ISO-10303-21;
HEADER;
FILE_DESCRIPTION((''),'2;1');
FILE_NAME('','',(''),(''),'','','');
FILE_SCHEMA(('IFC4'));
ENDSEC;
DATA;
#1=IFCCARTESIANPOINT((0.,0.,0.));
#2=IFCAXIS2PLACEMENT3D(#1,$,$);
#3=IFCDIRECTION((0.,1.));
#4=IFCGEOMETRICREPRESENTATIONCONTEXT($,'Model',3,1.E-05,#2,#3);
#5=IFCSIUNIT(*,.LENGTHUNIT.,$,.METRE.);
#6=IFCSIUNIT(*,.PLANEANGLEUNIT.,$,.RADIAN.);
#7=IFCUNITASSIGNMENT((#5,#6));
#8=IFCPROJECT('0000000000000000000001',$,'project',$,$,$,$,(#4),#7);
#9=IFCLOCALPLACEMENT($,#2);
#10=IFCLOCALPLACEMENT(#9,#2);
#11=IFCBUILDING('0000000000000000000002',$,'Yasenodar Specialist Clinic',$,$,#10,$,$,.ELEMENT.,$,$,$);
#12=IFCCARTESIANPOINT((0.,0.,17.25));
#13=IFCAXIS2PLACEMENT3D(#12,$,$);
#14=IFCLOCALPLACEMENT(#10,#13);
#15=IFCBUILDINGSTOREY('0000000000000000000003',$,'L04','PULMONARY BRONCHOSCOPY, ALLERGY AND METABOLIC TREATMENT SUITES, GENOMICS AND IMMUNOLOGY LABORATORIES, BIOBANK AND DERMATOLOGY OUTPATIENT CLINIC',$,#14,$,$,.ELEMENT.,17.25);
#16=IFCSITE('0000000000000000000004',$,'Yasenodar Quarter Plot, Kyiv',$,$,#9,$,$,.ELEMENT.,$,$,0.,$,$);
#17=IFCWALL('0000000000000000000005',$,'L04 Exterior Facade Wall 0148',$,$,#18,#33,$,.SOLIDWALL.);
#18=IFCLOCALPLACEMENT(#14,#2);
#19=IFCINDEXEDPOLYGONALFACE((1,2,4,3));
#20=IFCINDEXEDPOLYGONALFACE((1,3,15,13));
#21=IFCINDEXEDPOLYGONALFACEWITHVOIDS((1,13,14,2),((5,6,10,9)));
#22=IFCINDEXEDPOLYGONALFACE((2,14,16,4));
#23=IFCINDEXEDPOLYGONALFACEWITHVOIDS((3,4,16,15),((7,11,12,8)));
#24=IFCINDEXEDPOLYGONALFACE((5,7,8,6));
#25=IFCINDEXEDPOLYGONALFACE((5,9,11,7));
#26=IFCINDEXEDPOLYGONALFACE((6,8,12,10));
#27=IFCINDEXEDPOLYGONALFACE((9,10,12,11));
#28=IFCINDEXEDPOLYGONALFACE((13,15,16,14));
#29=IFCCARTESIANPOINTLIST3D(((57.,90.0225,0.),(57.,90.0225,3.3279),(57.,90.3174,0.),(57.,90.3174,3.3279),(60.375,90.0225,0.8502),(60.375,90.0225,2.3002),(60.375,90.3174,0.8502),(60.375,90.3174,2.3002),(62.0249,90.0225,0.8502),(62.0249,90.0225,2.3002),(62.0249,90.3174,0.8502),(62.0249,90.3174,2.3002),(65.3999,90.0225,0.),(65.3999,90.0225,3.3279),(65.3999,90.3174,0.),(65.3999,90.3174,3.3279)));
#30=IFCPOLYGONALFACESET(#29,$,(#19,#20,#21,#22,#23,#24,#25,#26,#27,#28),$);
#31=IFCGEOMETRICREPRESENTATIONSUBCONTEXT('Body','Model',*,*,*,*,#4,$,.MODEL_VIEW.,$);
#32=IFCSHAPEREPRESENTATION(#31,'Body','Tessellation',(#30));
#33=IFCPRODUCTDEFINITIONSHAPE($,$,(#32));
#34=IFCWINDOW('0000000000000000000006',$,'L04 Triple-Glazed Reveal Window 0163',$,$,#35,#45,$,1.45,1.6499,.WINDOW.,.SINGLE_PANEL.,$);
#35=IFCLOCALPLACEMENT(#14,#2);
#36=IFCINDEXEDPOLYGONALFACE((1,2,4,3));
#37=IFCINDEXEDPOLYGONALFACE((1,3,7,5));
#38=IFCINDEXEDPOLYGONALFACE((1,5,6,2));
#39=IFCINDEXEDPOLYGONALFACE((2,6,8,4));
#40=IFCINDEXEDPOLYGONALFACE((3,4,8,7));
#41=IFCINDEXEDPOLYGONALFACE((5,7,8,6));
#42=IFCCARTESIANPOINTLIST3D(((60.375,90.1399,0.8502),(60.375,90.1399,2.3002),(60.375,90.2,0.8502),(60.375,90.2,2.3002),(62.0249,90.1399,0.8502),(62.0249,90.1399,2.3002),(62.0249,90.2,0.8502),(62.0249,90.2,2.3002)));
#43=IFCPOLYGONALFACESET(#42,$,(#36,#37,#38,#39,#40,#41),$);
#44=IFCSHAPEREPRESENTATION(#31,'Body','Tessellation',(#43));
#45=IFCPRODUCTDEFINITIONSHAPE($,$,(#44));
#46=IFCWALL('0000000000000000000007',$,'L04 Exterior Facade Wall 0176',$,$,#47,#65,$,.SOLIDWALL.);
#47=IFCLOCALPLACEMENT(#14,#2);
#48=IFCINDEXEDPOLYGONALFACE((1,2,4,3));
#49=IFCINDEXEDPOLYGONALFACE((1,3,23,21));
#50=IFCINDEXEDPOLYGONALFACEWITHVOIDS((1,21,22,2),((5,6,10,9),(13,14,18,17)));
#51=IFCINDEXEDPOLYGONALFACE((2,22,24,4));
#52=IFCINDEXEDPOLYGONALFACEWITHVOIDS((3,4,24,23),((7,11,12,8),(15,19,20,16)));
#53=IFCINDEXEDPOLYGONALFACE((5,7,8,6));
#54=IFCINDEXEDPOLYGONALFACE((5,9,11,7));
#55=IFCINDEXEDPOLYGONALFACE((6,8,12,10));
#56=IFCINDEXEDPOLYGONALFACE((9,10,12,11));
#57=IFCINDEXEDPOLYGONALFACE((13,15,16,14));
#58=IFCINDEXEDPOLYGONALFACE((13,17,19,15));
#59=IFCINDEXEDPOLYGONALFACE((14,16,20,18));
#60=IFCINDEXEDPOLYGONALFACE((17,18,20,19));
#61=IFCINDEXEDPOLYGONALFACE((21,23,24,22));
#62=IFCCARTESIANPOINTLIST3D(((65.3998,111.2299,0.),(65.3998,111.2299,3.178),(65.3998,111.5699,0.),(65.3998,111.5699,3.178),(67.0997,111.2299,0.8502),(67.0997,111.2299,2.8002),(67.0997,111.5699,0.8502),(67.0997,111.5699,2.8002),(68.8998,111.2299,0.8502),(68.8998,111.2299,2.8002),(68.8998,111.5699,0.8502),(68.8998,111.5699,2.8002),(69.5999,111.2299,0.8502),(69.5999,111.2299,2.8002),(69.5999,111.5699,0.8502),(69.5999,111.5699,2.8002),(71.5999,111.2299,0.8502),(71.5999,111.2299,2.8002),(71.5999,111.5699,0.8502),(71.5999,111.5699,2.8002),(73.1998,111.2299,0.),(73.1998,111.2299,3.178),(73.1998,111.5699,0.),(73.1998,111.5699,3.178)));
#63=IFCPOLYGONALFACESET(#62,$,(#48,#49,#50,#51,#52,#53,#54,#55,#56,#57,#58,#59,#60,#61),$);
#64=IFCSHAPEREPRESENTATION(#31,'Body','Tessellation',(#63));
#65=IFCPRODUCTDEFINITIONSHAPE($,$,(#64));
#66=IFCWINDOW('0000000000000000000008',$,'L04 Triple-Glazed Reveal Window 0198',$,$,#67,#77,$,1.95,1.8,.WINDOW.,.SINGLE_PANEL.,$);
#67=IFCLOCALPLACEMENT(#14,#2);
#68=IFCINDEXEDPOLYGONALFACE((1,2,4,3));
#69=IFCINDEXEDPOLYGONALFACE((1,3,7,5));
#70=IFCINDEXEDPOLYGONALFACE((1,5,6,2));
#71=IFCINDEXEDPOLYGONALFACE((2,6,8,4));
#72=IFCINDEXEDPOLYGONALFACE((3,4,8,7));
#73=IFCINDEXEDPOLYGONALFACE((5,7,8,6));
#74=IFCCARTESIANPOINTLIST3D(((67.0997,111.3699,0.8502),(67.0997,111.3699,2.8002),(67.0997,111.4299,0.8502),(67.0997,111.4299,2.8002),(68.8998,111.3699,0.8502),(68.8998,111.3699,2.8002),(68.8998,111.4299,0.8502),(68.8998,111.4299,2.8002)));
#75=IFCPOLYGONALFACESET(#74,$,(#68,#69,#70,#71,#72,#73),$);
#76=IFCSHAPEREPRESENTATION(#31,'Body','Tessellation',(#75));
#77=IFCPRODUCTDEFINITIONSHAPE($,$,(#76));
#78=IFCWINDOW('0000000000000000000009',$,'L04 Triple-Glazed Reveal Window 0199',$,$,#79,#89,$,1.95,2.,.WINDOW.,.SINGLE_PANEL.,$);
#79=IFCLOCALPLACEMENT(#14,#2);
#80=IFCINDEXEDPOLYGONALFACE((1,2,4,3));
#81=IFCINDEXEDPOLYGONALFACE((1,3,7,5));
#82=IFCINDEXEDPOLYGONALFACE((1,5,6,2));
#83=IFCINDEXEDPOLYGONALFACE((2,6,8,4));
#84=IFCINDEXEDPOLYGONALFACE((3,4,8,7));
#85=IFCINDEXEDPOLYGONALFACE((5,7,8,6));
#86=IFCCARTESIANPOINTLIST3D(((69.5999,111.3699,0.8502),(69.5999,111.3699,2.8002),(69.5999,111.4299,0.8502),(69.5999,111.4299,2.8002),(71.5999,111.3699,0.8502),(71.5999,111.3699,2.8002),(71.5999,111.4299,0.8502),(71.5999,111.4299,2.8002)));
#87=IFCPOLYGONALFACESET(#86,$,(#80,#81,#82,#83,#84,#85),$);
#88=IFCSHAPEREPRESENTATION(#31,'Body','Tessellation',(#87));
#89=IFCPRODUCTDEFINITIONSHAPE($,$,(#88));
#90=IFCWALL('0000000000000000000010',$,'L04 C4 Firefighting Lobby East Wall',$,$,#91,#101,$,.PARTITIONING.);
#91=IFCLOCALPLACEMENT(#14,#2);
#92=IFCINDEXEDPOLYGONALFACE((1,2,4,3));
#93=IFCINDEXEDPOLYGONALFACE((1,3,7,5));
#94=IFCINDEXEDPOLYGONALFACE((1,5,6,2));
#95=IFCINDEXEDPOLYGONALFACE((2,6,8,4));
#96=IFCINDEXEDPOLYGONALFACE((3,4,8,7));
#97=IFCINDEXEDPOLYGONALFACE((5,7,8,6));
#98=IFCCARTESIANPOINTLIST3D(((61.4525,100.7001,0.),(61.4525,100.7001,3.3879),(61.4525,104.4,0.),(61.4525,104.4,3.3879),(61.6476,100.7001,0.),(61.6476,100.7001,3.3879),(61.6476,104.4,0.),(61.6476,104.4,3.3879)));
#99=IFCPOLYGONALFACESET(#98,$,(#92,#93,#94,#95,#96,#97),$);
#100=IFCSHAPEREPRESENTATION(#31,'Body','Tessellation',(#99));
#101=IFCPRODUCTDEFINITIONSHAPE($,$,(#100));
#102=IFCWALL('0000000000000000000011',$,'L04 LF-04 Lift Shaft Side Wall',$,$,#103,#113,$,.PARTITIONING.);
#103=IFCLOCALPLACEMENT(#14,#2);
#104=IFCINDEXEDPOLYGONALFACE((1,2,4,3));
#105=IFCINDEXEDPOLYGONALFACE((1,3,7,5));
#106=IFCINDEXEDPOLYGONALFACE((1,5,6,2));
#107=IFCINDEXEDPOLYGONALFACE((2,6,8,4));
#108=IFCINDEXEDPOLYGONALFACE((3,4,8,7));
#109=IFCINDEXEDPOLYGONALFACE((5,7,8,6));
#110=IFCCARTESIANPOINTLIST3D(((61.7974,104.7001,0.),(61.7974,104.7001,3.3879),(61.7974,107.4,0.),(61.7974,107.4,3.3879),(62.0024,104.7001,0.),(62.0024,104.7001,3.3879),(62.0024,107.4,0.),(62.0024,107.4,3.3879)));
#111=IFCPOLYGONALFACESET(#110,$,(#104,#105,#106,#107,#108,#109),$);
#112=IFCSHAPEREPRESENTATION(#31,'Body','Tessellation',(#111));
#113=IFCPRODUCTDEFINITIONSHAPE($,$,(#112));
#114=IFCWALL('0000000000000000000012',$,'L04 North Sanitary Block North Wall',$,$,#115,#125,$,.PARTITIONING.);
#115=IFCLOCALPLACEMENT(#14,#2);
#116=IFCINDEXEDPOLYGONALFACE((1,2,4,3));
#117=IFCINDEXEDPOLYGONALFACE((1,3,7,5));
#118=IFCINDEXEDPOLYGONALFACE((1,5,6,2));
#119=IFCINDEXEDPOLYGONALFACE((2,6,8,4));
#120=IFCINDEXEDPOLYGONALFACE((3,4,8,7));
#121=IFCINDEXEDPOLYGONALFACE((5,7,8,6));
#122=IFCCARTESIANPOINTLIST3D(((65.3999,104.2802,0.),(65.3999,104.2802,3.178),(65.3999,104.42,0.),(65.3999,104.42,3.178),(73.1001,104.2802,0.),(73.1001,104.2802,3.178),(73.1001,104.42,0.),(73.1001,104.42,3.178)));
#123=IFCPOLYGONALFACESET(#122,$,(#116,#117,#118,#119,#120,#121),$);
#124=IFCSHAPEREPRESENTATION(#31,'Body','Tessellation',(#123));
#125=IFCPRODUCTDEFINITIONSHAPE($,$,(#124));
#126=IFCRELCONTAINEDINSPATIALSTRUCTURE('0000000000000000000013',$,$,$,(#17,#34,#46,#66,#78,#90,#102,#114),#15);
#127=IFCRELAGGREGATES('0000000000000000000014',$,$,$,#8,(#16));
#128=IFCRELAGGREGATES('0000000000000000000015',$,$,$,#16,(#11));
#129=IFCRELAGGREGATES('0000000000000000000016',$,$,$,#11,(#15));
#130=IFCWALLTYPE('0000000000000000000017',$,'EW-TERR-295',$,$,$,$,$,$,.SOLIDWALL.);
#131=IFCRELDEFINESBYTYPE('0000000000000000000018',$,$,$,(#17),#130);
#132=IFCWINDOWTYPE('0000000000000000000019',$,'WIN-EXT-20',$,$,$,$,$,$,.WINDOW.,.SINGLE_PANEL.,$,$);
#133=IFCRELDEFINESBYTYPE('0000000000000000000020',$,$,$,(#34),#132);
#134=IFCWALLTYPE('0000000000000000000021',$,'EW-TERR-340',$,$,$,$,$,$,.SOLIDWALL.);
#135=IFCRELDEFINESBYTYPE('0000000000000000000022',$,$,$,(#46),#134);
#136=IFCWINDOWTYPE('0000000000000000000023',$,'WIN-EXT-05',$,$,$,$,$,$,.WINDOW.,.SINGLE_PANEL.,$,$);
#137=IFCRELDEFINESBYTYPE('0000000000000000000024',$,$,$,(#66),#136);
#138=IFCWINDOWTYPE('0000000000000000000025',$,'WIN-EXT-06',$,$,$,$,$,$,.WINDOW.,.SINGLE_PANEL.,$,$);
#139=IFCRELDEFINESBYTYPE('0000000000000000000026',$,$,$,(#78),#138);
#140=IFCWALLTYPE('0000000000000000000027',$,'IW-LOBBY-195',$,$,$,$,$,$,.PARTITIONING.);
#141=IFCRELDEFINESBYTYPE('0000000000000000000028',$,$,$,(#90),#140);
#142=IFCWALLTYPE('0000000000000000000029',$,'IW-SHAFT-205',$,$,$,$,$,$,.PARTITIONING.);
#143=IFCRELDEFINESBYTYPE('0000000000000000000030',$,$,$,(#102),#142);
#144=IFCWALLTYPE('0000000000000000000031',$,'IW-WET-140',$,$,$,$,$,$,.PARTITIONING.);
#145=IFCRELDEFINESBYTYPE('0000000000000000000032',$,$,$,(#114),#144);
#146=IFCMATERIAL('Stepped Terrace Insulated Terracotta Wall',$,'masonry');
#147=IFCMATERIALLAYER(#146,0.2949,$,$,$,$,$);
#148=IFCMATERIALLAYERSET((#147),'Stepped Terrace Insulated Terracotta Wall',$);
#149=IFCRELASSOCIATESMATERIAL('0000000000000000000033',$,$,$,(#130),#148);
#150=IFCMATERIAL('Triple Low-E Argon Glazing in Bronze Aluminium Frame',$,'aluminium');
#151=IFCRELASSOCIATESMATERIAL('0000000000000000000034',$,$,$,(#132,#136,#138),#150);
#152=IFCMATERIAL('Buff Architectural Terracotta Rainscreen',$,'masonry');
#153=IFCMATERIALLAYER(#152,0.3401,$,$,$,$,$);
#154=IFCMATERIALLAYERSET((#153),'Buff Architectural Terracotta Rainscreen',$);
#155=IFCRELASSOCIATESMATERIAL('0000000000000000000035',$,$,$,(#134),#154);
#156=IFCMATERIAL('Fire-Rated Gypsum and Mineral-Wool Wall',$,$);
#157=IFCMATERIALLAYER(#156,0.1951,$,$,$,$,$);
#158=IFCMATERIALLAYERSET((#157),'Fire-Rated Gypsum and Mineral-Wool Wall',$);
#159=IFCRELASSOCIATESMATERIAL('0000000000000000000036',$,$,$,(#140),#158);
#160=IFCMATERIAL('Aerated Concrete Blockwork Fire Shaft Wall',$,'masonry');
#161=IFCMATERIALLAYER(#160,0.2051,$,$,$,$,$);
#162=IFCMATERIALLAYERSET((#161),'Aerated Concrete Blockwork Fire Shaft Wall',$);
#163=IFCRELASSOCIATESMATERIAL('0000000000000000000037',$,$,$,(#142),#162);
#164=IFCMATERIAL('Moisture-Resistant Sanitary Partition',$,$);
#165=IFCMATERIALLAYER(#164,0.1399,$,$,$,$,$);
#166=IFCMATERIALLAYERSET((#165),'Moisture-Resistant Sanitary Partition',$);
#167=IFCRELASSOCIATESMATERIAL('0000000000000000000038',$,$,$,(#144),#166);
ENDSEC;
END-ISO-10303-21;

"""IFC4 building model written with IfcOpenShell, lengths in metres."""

from ifc_helpers import new_model, si_unit, direction, frame, frame_2d, origin, place, context, subcontext, project, spatial, rectangle, extrude, material, layer, layer_set, type_object, element, fill, save


model = new_model("IFC4")

# Units and contexts
model_context = context("Model", 3, precision=1e-05, world=origin(), true_north=direction((0.0, 1.0)))
body_context = subcontext(model_context, "Body", "Model", "MODEL_VIEW")
ifc_project = project(units=[si_unit("LENGTHUNIT", "METRE"), si_unit("PLANEANGLEUNIT", "RADIAN")], contexts=[model_context])

# Site, building, storey
site_placement = place(None, origin())
site = spatial("IfcSite", under=ifc_project, at=site_placement, Name="Yasenodar Quarter Plot, Kyiv", CompositionType="ELEMENT", RefElevation=0.0)
building_placement = place(site_placement, origin())
building = spatial("IfcBuilding", under=site, at=building_placement, Name="Yasenodar Specialist Clinic", CompositionType="ELEMENT")
storey_placement = place(building_placement, frame((0.0, 0.0, 17.25)))
storey = spatial("IfcBuildingStorey", under=building, at=storey_placement, Name="L04", Description="PULMONARY BRONCHOSCOPY, ALLERGY AND METABOLIC TREATMENT SUITES, GENOMICS AND IMMUNOLOGY LABORATORIES, BIOBANK AND DERMATOLOGY OUTPATIENT CLINIC", CompositionType="ELEMENT", Elevation=17.25)

# Wall, opening, window
ifc_material_1 = material(Name="Stepped Terrace Insulated Terracotta Wall", Category="masonry")
ifc_layer_1 = layer(ifc_material_1, 0.2949)
ifc_layer_set_1 = layer_set([ifc_layer_1], Name="Stepped Terrace Insulated Terracotta Wall")
wall_type_1 = type_object("IfcWallType", Name="EW-TERR-295", PredefinedType="SOLIDWALL", material=ifc_layer_set_1)
wall_1_placement = place(storey_placement, frame((65.3999, 90.1699, 0.0), z_axis=(0.0, 0.0, 1.0), x_axis=(-1.0, 0.0, 0.0)))
wall_1 = element("IfcWall", 1, at=wall_1_placement, inside=storey, type_object=wall_type_1, Name="L04 Exterior Facade Wall 0148", PredefinedType="SOLIDWALL", context=body_context, shape_type="SweptSolid", body=[
    extrude(rectangle(XDim=8.3999, YDim=0.2949, at=frame_2d((4.2, 0.0))), origin(), (0.0, 0.0, 1.0), 3.3279),
])
opening_1_placement = place(wall_1_placement, frame((3.375, 0.0, 0.8501)))
opening_1 = element("IfcOpeningElement", 2, at=opening_1_placement, cuts=wall_1, PredefinedType="OPENING", context=body_context, shape_type="SweptSolid", body=[
    extrude(rectangle(XDim=1.6499, YDim=1.45, at=frame_2d((0.825, 0.7251))), frame((0.0, 0.1575, 0.0), z_axis=(0.0, -1.0, 0.0), x_axis=(1.0, 0.0, 0.0)), (0.0, 0.0, 1.0), 0.3149),
])
ifc_material_2 = material(Name="Triple Low-E Argon Glazing in Bronze Aluminium Frame", Category="aluminium")
window_type_1 = type_object("IfcWindowType", Name="WIN-EXT-20", PartitioningType="SINGLE_PANEL", PredefinedType="WINDOW", material=ifc_material_2)
window_1_placement = place(opening_1_placement, origin())
window_1 = element("IfcWindow", 3, at=window_1_placement, inside=storey, type_object=window_type_1, Name="L04 Triple-Glazed Reveal Window 0163", OverallHeight=1.45, OverallWidth=1.6499, PartitioningType="SINGLE_PANEL", PredefinedType="WINDOW", context=body_context, shape_type="SweptSolid", body=[
    extrude(rectangle(XDim=1.6499, YDim=1.45, at=frame_2d((0.825, 0.7251))), frame((0.0, 0.03, 0.0), z_axis=(0.0, -1.0, 0.0), x_axis=(1.0, 0.0, 0.0)), (0.0, 0.0, 1.0), 0.0601),
])
fill(opening_1, window_1)

# Wall, openings, windows
ifc_material_3 = material(Name="Buff Architectural Terracotta Rainscreen", Category="masonry")
ifc_layer_2 = layer(ifc_material_3, 0.3401)
ifc_layer_set_2 = layer_set([ifc_layer_2], Name="Buff Architectural Terracotta Rainscreen")
wall_type_2 = type_object("IfcWallType", Name="EW-TERR-340", PredefinedType="SOLIDWALL", material=ifc_layer_set_2)
wall_2_placement = place(storey_placement, frame((65.3999, 111.3999, 0.0), z_axis=(0.0, 0.0, 1.0), x_axis=(1.0, 0.0, 0.0)))
wall_2 = element("IfcWall", 4, at=wall_2_placement, inside=storey, type_object=wall_type_2, Name="L04 Exterior Facade Wall 0176", PredefinedType="SOLIDWALL", context=body_context, shape_type="SweptSolid", body=[
    extrude(rectangle(XDim=7.8, YDim=0.3401, at=frame_2d((3.8999, 0.0))), origin(), (0.0, 0.0, 1.0), 3.178),
])
opening_2_placement = place(wall_2_placement, frame((1.7, 0.0, 0.8501)))
opening_2 = element("IfcOpeningElement", 5, at=opening_2_placement, cuts=wall_2, PredefinedType="OPENING", context=body_context, shape_type="SweptSolid", body=[
    extrude(rectangle(XDim=1.8, YDim=1.95, at=frame_2d((0.8999, 0.9751))), frame((0.0, 0.1802, 0.0), z_axis=(0.0, -1.0, 0.0), x_axis=(1.0, 0.0, 0.0)), (0.0, 0.0, 1.0), 0.3601),
])
opening_3_placement = place(wall_2_placement, frame((4.2, 0.0, 0.8501)))
opening_3 = element("IfcOpeningElement", 6, at=opening_3_placement, cuts=wall_2, PredefinedType="OPENING", context=body_context, shape_type="SweptSolid", body=[
    extrude(rectangle(XDim=2.0, YDim=1.95, at=frame_2d((1.0, 0.9751))), frame((0.0, 0.1802, 0.0), z_axis=(0.0, -1.0, 0.0), x_axis=(1.0, 0.0, 0.0)), (0.0, 0.0, 1.0), 0.3601),
])
window_type_2 = type_object("IfcWindowType", Name="WIN-EXT-05", PartitioningType="SINGLE_PANEL", PredefinedType="WINDOW", material=ifc_material_2)
window_2_placement = place(opening_2_placement, origin())
window_2 = element("IfcWindow", 7, at=window_2_placement, inside=storey, type_object=window_type_2, Name="L04 Triple-Glazed Reveal Window 0198", OverallHeight=1.95, OverallWidth=1.8, PartitioningType="SINGLE_PANEL", PredefinedType="WINDOW", context=body_context, shape_type="SweptSolid", body=[
    extrude(rectangle(XDim=1.8, YDim=1.95, at=frame_2d((0.8999, 0.9751))), frame((0.0, 0.03, 0.0), z_axis=(0.0, -1.0, 0.0), x_axis=(1.0, 0.0, 0.0)), (0.0, 0.0, 1.0), 0.0601),
])
fill(opening_2, window_2)
window_type_3 = type_object("IfcWindowType", Name="WIN-EXT-06", PartitioningType="SINGLE_PANEL", PredefinedType="WINDOW", material=ifc_material_2)
window_3_placement = place(opening_3_placement, origin())
window_3 = element("IfcWindow", 8, at=window_3_placement, inside=storey, type_object=window_type_3, Name="L04 Triple-Glazed Reveal Window 0199", OverallHeight=1.95, OverallWidth=2.0, PartitioningType="SINGLE_PANEL", PredefinedType="WINDOW", context=body_context, shape_type="SweptSolid", body=[
    extrude(rectangle(XDim=2.0, YDim=1.95, at=frame_2d((1.0, 0.9751))), frame((0.0, 0.03, 0.0), z_axis=(0.0, -1.0, 0.0), x_axis=(1.0, 0.0, 0.0)), (0.0, 0.0, 1.0), 0.0601),
])
fill(opening_3, window_3)

# Walls
ifc_material_4 = material(Name="Fire-Rated Gypsum and Mineral-Wool Wall")
ifc_layer_3 = layer(ifc_material_4, 0.1951)
ifc_layer_set_3 = layer_set([ifc_layer_3], Name="Fire-Rated Gypsum and Mineral-Wool Wall")
wall_type_3 = type_object("IfcWallType", Name="IW-LOBBY-195", PredefinedType="PARTITIONING", material=ifc_layer_set_3)
wall_3_placement = place(storey_placement, frame((61.55, 100.7, 0.0), z_axis=(0.0, 0.0, 1.0), x_axis=(0.0, 1.0, 0.0)))
element("IfcWall", 9, at=wall_3_placement, inside=storey, type_object=wall_type_3, Name="L04 C4 Firefighting Lobby East Wall", PredefinedType="PARTITIONING", context=body_context, shape_type="SweptSolid", body=[
    extrude(rectangle(XDim=3.7, YDim=0.1951, at=frame_2d((1.8501, 0.0))), origin(), (0.0, 0.0, 1.0), 3.3879),
])
ifc_material_5 = material(Name="Aerated Concrete Blockwork Fire Shaft Wall", Category="masonry")
ifc_layer_4 = layer(ifc_material_5, 0.2051)
ifc_layer_set_4 = layer_set([ifc_layer_4], Name="Aerated Concrete Blockwork Fire Shaft Wall")
wall_type_4 = type_object("IfcWallType", Name="IW-SHAFT-205", PredefinedType="PARTITIONING", material=ifc_layer_set_4)
wall_4_placement = place(storey_placement, frame((61.8999, 104.7, 0.0), z_axis=(0.0, 0.0, 1.0), x_axis=(0.0, 1.0, 0.0)))
element("IfcWall", 10, at=wall_4_placement, inside=storey, type_object=wall_type_4, Name="L04 LF-04 Lift Shaft Side Wall", PredefinedType="PARTITIONING", context=body_context, shape_type="SweptSolid", body=[
    extrude(rectangle(XDim=2.7, YDim=0.2051, at=frame_2d((1.3501, 0.0))), origin(), (0.0, 0.0, 1.0), 3.3879),
])
ifc_material_6 = material(Name="Moisture-Resistant Sanitary Partition")
ifc_layer_5 = layer(ifc_material_6, 0.1399)
ifc_layer_set_5 = layer_set([ifc_layer_5], Name="Moisture-Resistant Sanitary Partition")
wall_type_5 = type_object("IfcWallType", Name="IW-WET-140", PredefinedType="PARTITIONING", material=ifc_layer_set_5)
wall_5_placement = place(storey_placement, frame((65.3999, 104.3501, 0.0), z_axis=(0.0, 0.0, 1.0), x_axis=(1.0, 0.0, 0.0)))
element("IfcWall", 11, at=wall_5_placement, inside=storey, type_object=wall_type_5, Name="L04 North Sanitary Block North Wall", PredefinedType="PARTITIONING", context=body_context, shape_type="SweptSolid", body=[
    extrude(rectangle(XDim=7.7002, YDim=0.1399, at=frame_2d((3.8501, 0.0))), origin(), (0.0, 0.0, 1.0), 3.178),
])

save(model, "model.ifc")
